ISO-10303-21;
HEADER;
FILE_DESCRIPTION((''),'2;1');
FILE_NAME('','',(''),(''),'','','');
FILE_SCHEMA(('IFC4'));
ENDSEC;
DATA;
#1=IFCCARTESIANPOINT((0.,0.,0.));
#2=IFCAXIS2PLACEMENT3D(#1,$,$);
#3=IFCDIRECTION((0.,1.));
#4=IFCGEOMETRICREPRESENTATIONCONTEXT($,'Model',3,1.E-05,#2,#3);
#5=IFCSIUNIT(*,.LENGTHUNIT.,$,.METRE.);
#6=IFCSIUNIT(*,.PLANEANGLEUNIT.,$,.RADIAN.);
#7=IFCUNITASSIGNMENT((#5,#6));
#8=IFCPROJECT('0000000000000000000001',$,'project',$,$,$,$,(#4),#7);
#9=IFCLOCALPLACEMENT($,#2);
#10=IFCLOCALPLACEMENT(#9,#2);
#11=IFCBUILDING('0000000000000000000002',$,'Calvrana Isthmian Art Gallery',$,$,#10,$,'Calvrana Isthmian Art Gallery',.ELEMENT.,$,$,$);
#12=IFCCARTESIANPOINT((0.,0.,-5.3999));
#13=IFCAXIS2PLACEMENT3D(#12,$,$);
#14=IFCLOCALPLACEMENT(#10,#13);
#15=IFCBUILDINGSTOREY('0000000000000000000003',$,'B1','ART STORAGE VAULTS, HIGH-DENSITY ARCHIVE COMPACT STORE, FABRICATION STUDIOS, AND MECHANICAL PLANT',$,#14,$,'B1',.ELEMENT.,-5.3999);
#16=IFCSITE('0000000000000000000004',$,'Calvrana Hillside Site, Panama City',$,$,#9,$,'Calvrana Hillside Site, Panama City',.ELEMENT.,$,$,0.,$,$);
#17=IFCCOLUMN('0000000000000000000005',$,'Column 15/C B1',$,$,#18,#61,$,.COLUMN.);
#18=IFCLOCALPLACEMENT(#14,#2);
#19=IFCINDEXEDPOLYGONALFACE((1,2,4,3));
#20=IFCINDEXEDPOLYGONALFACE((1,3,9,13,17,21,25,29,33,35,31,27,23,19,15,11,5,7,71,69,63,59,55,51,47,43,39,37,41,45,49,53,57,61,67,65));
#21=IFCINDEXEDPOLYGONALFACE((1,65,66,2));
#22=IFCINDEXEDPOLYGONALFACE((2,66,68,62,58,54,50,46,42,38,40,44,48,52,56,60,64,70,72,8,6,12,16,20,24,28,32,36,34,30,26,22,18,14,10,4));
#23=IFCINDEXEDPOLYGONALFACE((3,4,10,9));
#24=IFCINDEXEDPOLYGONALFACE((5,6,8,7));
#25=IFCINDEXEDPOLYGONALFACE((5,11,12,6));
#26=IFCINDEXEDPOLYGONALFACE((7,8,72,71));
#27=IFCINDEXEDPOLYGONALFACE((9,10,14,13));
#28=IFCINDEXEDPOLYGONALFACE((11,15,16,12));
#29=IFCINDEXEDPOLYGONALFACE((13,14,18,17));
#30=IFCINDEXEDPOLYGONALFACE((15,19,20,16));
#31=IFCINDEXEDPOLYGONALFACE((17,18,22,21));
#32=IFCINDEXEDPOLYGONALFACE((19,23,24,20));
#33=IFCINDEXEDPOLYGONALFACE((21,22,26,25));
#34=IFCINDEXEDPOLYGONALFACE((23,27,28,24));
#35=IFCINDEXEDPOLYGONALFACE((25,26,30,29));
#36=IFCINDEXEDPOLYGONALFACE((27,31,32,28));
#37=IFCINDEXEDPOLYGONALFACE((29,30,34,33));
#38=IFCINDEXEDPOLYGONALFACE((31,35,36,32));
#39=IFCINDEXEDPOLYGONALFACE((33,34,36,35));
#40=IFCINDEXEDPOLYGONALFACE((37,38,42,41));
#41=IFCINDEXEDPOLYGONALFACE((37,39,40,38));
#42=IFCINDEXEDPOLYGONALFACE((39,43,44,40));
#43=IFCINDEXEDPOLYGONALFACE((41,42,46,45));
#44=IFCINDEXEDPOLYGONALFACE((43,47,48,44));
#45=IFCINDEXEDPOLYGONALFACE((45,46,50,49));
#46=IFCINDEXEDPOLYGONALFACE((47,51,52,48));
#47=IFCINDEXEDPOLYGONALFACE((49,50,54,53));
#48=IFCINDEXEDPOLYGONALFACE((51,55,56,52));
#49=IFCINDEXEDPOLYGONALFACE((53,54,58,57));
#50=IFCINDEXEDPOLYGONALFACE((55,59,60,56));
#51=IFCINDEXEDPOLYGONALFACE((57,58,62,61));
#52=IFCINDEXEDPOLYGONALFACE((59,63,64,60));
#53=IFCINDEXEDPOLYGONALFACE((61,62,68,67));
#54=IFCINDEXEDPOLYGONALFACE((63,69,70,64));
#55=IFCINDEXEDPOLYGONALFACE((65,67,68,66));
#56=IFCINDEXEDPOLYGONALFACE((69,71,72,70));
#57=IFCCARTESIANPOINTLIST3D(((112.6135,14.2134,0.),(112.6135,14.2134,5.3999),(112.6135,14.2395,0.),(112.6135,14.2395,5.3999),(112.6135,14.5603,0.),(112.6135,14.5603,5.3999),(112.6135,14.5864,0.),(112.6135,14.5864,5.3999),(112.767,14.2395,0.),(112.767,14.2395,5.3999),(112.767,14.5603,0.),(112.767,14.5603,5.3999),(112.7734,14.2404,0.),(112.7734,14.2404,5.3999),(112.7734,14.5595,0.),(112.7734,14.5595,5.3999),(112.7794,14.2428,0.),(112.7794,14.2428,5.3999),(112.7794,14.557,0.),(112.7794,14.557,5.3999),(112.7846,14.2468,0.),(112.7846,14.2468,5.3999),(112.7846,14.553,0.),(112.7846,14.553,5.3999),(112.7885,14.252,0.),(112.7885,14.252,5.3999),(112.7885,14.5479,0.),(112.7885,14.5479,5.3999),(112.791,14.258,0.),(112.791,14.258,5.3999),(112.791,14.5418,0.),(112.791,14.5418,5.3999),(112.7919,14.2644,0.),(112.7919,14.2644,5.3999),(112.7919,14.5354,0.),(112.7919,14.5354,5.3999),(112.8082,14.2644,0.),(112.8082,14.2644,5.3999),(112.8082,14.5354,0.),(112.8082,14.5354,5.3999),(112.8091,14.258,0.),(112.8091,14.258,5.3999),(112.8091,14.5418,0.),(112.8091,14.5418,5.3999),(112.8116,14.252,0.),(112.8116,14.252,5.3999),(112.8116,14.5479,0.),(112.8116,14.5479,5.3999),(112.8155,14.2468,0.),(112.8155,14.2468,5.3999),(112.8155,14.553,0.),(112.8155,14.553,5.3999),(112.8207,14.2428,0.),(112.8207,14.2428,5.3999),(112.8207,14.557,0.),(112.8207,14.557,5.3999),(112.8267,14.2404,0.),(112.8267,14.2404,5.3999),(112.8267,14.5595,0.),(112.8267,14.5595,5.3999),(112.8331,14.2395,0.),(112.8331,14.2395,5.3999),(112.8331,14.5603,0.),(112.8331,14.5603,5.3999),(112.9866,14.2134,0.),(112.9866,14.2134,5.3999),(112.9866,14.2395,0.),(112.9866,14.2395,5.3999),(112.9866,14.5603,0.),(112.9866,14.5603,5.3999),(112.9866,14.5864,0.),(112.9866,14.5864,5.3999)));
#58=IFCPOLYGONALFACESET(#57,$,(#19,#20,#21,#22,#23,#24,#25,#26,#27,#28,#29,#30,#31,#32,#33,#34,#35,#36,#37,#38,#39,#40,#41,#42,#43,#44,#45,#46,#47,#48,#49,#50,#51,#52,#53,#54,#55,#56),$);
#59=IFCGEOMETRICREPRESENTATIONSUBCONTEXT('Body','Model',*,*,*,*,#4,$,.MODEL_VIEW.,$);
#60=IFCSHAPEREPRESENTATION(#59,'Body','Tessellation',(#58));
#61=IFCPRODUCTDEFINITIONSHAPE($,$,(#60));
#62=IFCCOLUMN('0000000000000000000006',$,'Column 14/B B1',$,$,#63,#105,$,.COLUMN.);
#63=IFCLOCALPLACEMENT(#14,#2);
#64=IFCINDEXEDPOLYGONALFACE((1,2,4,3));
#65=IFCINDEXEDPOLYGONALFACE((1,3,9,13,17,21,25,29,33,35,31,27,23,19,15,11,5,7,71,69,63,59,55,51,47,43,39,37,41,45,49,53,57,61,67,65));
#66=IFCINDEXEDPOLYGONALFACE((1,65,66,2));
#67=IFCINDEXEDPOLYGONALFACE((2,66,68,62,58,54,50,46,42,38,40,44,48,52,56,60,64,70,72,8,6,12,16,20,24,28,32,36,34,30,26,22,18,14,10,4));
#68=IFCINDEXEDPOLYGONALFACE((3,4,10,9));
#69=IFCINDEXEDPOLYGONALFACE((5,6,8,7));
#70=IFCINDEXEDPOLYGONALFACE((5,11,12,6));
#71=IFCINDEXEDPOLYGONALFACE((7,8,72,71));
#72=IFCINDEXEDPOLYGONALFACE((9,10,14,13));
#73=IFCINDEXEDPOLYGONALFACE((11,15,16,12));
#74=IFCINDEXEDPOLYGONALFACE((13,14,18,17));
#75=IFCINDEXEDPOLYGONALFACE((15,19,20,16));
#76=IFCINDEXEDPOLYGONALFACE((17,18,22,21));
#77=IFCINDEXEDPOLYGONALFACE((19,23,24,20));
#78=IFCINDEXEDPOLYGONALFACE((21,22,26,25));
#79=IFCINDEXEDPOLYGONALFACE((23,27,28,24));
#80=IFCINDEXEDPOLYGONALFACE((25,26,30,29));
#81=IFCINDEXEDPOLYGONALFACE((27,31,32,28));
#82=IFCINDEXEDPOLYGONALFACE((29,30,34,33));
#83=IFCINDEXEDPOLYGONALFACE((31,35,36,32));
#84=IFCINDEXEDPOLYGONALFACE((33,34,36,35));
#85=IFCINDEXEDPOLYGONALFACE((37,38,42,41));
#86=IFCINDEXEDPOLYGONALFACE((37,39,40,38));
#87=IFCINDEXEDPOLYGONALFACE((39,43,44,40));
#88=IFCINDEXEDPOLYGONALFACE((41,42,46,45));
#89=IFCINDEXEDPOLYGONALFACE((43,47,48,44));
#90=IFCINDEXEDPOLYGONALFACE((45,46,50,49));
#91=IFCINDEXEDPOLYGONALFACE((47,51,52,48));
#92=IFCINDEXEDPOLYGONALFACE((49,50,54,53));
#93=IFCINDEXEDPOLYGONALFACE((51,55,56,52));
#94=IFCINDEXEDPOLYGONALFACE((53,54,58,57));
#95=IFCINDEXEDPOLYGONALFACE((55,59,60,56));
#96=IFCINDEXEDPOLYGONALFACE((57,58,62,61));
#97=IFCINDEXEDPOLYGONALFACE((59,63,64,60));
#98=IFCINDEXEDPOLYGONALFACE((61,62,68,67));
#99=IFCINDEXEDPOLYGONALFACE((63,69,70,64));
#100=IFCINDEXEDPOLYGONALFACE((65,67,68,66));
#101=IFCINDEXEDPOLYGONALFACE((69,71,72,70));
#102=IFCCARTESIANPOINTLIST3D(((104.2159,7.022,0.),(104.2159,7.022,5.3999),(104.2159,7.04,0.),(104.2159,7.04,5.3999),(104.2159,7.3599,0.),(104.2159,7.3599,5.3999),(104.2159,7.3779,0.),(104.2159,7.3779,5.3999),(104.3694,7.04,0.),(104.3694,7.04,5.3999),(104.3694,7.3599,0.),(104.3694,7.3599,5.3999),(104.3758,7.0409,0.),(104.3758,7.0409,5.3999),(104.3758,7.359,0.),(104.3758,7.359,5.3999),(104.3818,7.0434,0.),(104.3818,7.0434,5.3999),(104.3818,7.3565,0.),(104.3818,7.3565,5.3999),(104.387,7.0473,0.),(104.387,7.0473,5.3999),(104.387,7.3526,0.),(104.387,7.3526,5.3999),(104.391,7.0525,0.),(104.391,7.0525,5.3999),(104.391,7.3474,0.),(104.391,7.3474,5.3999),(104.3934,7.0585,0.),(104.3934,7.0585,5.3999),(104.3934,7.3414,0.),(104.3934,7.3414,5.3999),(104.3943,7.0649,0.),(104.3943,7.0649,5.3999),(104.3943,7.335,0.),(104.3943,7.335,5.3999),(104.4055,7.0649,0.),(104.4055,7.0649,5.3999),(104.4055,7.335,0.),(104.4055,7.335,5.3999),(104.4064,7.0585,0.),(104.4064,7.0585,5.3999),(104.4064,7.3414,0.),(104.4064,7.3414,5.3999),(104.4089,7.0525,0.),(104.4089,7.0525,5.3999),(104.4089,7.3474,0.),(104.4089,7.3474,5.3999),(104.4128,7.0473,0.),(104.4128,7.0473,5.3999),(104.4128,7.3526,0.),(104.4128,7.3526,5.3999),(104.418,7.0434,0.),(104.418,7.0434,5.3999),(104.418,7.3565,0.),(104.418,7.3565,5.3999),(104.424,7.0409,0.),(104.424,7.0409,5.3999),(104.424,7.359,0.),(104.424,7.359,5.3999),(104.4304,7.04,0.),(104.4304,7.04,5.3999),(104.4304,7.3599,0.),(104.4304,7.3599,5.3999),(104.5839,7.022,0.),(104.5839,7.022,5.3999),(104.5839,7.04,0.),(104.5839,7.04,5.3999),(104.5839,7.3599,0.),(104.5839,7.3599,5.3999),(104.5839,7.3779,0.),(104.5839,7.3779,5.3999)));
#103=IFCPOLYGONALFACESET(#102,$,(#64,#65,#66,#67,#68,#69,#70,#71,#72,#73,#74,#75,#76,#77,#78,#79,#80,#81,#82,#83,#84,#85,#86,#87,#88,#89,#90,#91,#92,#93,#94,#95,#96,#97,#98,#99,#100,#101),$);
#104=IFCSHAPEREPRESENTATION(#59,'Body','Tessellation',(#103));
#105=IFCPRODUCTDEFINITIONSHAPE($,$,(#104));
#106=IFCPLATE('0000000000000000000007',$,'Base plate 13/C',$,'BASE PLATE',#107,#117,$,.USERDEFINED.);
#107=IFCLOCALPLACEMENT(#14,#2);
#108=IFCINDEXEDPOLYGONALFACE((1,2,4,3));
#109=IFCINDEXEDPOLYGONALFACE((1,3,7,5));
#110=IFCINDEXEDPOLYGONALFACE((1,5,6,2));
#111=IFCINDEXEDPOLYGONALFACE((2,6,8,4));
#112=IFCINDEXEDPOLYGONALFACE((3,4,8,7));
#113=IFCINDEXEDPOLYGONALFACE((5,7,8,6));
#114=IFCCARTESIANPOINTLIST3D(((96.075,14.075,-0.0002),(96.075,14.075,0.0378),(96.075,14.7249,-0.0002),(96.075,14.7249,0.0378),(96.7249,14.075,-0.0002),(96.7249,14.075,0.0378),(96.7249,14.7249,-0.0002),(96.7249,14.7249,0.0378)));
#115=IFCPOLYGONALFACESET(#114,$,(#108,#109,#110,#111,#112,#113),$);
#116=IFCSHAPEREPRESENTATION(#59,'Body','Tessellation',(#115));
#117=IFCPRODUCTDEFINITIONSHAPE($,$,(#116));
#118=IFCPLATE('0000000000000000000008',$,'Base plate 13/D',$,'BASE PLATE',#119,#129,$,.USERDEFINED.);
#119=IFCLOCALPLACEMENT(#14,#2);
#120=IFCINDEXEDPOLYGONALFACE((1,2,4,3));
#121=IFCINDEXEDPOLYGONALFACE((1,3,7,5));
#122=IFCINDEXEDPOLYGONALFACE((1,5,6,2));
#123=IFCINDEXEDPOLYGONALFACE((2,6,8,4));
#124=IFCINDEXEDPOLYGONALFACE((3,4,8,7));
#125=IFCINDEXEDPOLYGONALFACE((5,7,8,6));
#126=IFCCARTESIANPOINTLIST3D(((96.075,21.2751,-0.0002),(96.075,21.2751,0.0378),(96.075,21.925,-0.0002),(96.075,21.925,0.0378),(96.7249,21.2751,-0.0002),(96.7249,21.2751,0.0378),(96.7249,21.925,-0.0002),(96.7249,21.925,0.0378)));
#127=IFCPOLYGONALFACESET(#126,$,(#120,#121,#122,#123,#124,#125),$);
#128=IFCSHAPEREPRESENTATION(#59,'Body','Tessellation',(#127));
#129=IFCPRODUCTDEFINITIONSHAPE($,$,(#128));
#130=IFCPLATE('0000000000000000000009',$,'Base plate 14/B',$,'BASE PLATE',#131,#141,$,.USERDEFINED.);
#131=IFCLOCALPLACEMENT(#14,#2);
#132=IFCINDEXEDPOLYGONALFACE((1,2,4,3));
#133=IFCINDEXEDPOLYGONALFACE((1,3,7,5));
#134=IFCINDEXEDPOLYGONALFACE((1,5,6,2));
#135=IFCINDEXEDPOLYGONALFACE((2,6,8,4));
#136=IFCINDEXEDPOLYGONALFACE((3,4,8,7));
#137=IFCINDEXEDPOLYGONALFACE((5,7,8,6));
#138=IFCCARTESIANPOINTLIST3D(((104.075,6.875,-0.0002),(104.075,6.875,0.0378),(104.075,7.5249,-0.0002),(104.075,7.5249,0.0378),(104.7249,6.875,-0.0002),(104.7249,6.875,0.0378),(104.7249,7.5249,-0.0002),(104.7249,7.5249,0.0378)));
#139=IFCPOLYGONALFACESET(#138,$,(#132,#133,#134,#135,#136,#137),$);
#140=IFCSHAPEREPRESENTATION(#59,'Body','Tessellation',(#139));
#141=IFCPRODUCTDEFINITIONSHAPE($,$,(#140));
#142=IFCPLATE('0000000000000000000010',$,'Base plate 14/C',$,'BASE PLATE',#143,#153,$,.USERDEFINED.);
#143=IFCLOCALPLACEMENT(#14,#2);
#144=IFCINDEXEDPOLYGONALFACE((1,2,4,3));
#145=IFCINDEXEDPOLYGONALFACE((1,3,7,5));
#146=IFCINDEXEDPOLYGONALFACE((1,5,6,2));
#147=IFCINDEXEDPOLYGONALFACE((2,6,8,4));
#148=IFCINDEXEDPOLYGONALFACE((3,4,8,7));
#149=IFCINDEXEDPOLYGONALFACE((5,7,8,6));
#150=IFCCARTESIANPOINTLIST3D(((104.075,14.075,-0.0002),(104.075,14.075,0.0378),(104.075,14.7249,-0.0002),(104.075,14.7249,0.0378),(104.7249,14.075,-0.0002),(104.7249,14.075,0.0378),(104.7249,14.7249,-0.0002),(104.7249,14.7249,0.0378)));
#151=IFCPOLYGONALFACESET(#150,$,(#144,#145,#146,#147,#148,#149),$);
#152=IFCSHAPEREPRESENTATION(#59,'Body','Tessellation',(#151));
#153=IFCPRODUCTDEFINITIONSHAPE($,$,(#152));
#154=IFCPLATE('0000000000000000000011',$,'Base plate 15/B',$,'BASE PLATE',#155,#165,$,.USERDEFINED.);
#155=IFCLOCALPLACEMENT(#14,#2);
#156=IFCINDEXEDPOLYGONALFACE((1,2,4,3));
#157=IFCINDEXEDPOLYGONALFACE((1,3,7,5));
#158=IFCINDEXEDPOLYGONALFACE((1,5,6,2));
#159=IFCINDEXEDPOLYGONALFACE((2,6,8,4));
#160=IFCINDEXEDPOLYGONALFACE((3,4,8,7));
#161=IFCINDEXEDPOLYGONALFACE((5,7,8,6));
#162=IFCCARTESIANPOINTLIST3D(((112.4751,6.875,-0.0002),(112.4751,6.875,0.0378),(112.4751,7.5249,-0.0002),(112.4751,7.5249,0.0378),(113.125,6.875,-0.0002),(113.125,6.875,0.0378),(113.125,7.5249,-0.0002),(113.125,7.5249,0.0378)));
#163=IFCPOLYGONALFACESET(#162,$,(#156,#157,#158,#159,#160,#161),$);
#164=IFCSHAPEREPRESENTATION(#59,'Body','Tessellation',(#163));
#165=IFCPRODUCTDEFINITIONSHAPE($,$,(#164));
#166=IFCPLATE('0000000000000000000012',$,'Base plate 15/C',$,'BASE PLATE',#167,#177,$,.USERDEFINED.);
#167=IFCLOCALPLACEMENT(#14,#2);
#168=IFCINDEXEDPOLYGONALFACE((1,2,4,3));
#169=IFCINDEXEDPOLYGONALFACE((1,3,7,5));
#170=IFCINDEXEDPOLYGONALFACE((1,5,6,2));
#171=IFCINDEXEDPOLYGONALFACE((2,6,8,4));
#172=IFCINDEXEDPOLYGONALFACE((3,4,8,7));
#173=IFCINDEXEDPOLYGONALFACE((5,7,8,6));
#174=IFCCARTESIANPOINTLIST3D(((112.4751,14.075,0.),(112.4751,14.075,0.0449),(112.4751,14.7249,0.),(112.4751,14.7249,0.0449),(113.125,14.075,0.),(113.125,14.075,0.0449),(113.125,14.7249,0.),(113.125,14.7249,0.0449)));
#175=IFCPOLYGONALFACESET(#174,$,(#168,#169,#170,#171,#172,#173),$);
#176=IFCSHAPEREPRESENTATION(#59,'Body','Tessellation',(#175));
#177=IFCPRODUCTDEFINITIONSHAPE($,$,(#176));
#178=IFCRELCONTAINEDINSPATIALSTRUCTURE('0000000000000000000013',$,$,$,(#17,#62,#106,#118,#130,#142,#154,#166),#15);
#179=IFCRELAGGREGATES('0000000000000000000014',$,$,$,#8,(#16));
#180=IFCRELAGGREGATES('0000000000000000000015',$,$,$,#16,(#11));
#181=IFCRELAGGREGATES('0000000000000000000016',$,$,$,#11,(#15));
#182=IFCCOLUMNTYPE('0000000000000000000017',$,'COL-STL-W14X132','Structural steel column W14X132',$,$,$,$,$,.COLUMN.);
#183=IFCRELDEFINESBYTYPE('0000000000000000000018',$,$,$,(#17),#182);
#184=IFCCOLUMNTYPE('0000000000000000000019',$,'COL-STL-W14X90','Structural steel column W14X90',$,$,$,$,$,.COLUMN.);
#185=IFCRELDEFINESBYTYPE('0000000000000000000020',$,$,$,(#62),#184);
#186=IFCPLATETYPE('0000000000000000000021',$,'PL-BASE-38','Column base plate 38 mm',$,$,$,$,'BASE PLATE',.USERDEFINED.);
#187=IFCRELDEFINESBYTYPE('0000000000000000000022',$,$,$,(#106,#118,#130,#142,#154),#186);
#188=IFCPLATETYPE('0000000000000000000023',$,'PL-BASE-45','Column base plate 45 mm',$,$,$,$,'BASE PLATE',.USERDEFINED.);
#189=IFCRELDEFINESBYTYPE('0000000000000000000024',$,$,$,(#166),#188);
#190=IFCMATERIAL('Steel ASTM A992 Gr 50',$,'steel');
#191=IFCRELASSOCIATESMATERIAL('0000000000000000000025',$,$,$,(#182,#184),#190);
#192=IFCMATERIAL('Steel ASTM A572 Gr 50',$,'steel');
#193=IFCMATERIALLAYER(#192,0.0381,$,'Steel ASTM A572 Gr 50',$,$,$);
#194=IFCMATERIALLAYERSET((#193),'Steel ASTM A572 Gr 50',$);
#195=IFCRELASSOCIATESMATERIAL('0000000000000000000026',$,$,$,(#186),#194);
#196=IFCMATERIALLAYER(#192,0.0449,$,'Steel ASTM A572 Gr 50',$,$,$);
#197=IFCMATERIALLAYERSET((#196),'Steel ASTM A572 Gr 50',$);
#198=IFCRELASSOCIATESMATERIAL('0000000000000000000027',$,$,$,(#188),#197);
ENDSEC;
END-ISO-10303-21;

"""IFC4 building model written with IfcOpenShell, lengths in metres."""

from ifc_helpers import new_model, si_unit, direction, frame, origin, origin_2d, place, context, subcontext, project, spatial, rectangle, i_section, extrude, material, layer, layer_set, material_profile, profile_set, type_object, element, save


model = new_model("IFC4")

# Units and contexts
model_context = context("Model", 3, precision=1e-05, world=origin(), true_north=direction((0.0, 1.0)))
body_context = subcontext(model_context, "Body", "Model", "MODEL_VIEW")
ifc_project = project(units=[si_unit("LENGTHUNIT", "METRE"), si_unit("PLANEANGLEUNIT", "RADIAN")], contexts=[model_context])

# Site, building, storey
site_placement = place(None, origin())
site = spatial("IfcSite", under=ifc_project, at=site_placement, Name="Calvrana Hillside Site, Panama City", LongName="Calvrana Hillside Site, Panama City", CompositionType="ELEMENT", RefElevation=0.0)
building_placement = place(site_placement, origin())
building = spatial("IfcBuilding", under=site, at=building_placement, Name="Calvrana Isthmian Art Gallery", LongName="Calvrana Isthmian Art Gallery", CompositionType="ELEMENT")
storey_placement = place(building_placement, frame((0.0, 0.0, -5.3999)))
storey = spatial("IfcBuildingStorey", under=building, at=storey_placement, Name="B1", Description="ART STORAGE VAULTS, HIGH-DENSITY ARCHIVE COMPACT STORE, FABRICATION STUDIOS, AND MECHANICAL PLANT", LongName="B1", CompositionType="ELEMENT", Elevation=-5.3999)

# Columns
ifc_material_1 = material(Name="Steel ASTM A992 Gr 50", Category="steel")
ifc_material_profile_1 = material_profile(ifc_material_1, i_section(OverallWidth=0.373, OverallDepth=0.373, WebThickness=0.0164, FlangeThickness=0.0261, FilletRadius=0.0249, at=origin_2d()), Name="W14X132")
ifc_profile_set_1 = profile_set([ifc_material_profile_1], Name="Steel ASTM A992 Gr 50")
column_type_1 = type_object("IfcColumnType", Name="COL-STL-W14X132", Description="Structural steel column W14X132", PredefinedType="COLUMN", material=ifc_profile_set_1)
for number, where, z_axis, x_axis, name in (
    (1, (112.8, 14.3999, 0.0), (0.0, 0.0, 1.0), (1.0, 0.0, 0.0), "Column 15/C B1"),
):
    element("IfcColumn", number, at=place(storey_placement, frame(where, z_axis=z_axis, x_axis=x_axis)), inside=storey, type_object=column_type_1, Name=name, PredefinedType="COLUMN", context=body_context, shape_type="SweptSolid", body=[
        extrude(i_section(OverallWidth=0.373, OverallDepth=0.373, WebThickness=0.0164, FlangeThickness=0.0261, FilletRadius=0.0249, at=origin_2d()), origin(), (0.0, 0.0, 1.0), 5.3999),
    ])
ifc_material_profile_2 = material_profile(ifc_material_1, i_section(OverallWidth=0.3679, OverallDepth=0.356, WebThickness=0.0112, FlangeThickness=0.0181, FilletRadius=0.0249, at=origin_2d()), Name="W14X90")
ifc_profile_set_2 = profile_set([ifc_material_profile_2], Name="Steel ASTM A992 Gr 50")
column_type_2 = type_object("IfcColumnType", Name="COL-STL-W14X90", Description="Structural steel column W14X90", PredefinedType="COLUMN", material=ifc_profile_set_2)
column_1_placement = place(storey_placement, frame((104.3999, 7.2, 0.0), z_axis=(0.0, 0.0, 1.0), x_axis=(1.0, 0.0, 0.0)))
element("IfcColumn", 2, at=column_1_placement, inside=storey, type_object=column_type_2, Name="Column 14/B B1", PredefinedType="COLUMN", context=body_context, shape_type="SweptSolid", body=[
    extrude(i_section(OverallWidth=0.3679, OverallDepth=0.356, WebThickness=0.0112, FlangeThickness=0.0181, FilletRadius=0.0249, at=origin_2d()), origin(), (0.0, 0.0, 1.0), 5.3999),
])

# Plates
ifc_material_2 = material(Name="Steel ASTM A572 Gr 50", Category="steel")
ifc_layer_1 = layer(ifc_material_2, 0.0381, Name="Steel ASTM A572 Gr 50")
ifc_layer_set_1 = layer_set([ifc_layer_1], Name="Steel ASTM A572 Gr 50")
plate_type_1 = type_object("IfcPlateType", Name="PL-BASE-38", Description="Column base plate 38 mm", ElementType="BASE PLATE", PredefinedType="USERDEFINED", material=ifc_layer_set_1)
for number, where, z_axis, x_axis, name in (
    (3, (96.3999, 14.3999, -0.0002), (0.0, 0.0, 1.0), (1.0, 0.0, 0.0), "Base plate 13/C"),
    (4, (96.3999, 21.6001, -0.0002), (0.0, 0.0, 1.0), (1.0, 0.0, 0.0), "Base plate 13/D"),
    (5, (104.3999, 7.2, -0.0002), (0.0, 0.0, 1.0), (1.0, 0.0, 0.0), "Base plate 14/B"),
    (6, (104.3999, 14.3999, -0.0002), (0.0, 0.0, 1.0), (1.0, 0.0, 0.0), "Base plate 14/C"),
    (7, (112.8, 7.2, -0.0002), (0.0, 0.0, 1.0), (1.0, 0.0, 0.0), "Base plate 15/B"),
):
    element("IfcPlate", number, at=place(storey_placement, frame(where, z_axis=z_axis, x_axis=x_axis)), inside=storey, type_object=plate_type_1, Name=name, ObjectType="BASE PLATE", PredefinedType="USERDEFINED", context=body_context, shape_type="SweptSolid", body=[
        extrude(rectangle(XDim=0.6499, YDim=0.6499, at=origin_2d()), origin(), (0.0, 0.0, 1.0), 0.0381),
    ])
ifc_layer_2 = layer(ifc_material_2, 0.0449, Name="Steel ASTM A572 Gr 50")
ifc_layer_set_2 = layer_set([ifc_layer_2], Name="Steel ASTM A572 Gr 50")
plate_type_2 = type_object("IfcPlateType", Name="PL-BASE-45", Description="Column base plate 45 mm", ElementType="BASE PLATE", PredefinedType="USERDEFINED", material=ifc_layer_set_2)
plate_placement = place(storey_placement, frame((112.8, 14.3999, 0.0), z_axis=(0.0, 0.0, 1.0), x_axis=(1.0, 0.0, 0.0)))
element("IfcPlate", 8, at=plate_placement, inside=storey, type_object=plate_type_2, Name="Base plate 15/C", ObjectType="BASE PLATE", PredefinedType="USERDEFINED", context=body_context, shape_type="SweptSolid", body=[
    extrude(rectangle(XDim=0.6499, YDim=0.6499, at=origin_2d()), origin(), (0.0, 0.0, 1.0), 0.0449),
])

save(model, "model.ifc")
